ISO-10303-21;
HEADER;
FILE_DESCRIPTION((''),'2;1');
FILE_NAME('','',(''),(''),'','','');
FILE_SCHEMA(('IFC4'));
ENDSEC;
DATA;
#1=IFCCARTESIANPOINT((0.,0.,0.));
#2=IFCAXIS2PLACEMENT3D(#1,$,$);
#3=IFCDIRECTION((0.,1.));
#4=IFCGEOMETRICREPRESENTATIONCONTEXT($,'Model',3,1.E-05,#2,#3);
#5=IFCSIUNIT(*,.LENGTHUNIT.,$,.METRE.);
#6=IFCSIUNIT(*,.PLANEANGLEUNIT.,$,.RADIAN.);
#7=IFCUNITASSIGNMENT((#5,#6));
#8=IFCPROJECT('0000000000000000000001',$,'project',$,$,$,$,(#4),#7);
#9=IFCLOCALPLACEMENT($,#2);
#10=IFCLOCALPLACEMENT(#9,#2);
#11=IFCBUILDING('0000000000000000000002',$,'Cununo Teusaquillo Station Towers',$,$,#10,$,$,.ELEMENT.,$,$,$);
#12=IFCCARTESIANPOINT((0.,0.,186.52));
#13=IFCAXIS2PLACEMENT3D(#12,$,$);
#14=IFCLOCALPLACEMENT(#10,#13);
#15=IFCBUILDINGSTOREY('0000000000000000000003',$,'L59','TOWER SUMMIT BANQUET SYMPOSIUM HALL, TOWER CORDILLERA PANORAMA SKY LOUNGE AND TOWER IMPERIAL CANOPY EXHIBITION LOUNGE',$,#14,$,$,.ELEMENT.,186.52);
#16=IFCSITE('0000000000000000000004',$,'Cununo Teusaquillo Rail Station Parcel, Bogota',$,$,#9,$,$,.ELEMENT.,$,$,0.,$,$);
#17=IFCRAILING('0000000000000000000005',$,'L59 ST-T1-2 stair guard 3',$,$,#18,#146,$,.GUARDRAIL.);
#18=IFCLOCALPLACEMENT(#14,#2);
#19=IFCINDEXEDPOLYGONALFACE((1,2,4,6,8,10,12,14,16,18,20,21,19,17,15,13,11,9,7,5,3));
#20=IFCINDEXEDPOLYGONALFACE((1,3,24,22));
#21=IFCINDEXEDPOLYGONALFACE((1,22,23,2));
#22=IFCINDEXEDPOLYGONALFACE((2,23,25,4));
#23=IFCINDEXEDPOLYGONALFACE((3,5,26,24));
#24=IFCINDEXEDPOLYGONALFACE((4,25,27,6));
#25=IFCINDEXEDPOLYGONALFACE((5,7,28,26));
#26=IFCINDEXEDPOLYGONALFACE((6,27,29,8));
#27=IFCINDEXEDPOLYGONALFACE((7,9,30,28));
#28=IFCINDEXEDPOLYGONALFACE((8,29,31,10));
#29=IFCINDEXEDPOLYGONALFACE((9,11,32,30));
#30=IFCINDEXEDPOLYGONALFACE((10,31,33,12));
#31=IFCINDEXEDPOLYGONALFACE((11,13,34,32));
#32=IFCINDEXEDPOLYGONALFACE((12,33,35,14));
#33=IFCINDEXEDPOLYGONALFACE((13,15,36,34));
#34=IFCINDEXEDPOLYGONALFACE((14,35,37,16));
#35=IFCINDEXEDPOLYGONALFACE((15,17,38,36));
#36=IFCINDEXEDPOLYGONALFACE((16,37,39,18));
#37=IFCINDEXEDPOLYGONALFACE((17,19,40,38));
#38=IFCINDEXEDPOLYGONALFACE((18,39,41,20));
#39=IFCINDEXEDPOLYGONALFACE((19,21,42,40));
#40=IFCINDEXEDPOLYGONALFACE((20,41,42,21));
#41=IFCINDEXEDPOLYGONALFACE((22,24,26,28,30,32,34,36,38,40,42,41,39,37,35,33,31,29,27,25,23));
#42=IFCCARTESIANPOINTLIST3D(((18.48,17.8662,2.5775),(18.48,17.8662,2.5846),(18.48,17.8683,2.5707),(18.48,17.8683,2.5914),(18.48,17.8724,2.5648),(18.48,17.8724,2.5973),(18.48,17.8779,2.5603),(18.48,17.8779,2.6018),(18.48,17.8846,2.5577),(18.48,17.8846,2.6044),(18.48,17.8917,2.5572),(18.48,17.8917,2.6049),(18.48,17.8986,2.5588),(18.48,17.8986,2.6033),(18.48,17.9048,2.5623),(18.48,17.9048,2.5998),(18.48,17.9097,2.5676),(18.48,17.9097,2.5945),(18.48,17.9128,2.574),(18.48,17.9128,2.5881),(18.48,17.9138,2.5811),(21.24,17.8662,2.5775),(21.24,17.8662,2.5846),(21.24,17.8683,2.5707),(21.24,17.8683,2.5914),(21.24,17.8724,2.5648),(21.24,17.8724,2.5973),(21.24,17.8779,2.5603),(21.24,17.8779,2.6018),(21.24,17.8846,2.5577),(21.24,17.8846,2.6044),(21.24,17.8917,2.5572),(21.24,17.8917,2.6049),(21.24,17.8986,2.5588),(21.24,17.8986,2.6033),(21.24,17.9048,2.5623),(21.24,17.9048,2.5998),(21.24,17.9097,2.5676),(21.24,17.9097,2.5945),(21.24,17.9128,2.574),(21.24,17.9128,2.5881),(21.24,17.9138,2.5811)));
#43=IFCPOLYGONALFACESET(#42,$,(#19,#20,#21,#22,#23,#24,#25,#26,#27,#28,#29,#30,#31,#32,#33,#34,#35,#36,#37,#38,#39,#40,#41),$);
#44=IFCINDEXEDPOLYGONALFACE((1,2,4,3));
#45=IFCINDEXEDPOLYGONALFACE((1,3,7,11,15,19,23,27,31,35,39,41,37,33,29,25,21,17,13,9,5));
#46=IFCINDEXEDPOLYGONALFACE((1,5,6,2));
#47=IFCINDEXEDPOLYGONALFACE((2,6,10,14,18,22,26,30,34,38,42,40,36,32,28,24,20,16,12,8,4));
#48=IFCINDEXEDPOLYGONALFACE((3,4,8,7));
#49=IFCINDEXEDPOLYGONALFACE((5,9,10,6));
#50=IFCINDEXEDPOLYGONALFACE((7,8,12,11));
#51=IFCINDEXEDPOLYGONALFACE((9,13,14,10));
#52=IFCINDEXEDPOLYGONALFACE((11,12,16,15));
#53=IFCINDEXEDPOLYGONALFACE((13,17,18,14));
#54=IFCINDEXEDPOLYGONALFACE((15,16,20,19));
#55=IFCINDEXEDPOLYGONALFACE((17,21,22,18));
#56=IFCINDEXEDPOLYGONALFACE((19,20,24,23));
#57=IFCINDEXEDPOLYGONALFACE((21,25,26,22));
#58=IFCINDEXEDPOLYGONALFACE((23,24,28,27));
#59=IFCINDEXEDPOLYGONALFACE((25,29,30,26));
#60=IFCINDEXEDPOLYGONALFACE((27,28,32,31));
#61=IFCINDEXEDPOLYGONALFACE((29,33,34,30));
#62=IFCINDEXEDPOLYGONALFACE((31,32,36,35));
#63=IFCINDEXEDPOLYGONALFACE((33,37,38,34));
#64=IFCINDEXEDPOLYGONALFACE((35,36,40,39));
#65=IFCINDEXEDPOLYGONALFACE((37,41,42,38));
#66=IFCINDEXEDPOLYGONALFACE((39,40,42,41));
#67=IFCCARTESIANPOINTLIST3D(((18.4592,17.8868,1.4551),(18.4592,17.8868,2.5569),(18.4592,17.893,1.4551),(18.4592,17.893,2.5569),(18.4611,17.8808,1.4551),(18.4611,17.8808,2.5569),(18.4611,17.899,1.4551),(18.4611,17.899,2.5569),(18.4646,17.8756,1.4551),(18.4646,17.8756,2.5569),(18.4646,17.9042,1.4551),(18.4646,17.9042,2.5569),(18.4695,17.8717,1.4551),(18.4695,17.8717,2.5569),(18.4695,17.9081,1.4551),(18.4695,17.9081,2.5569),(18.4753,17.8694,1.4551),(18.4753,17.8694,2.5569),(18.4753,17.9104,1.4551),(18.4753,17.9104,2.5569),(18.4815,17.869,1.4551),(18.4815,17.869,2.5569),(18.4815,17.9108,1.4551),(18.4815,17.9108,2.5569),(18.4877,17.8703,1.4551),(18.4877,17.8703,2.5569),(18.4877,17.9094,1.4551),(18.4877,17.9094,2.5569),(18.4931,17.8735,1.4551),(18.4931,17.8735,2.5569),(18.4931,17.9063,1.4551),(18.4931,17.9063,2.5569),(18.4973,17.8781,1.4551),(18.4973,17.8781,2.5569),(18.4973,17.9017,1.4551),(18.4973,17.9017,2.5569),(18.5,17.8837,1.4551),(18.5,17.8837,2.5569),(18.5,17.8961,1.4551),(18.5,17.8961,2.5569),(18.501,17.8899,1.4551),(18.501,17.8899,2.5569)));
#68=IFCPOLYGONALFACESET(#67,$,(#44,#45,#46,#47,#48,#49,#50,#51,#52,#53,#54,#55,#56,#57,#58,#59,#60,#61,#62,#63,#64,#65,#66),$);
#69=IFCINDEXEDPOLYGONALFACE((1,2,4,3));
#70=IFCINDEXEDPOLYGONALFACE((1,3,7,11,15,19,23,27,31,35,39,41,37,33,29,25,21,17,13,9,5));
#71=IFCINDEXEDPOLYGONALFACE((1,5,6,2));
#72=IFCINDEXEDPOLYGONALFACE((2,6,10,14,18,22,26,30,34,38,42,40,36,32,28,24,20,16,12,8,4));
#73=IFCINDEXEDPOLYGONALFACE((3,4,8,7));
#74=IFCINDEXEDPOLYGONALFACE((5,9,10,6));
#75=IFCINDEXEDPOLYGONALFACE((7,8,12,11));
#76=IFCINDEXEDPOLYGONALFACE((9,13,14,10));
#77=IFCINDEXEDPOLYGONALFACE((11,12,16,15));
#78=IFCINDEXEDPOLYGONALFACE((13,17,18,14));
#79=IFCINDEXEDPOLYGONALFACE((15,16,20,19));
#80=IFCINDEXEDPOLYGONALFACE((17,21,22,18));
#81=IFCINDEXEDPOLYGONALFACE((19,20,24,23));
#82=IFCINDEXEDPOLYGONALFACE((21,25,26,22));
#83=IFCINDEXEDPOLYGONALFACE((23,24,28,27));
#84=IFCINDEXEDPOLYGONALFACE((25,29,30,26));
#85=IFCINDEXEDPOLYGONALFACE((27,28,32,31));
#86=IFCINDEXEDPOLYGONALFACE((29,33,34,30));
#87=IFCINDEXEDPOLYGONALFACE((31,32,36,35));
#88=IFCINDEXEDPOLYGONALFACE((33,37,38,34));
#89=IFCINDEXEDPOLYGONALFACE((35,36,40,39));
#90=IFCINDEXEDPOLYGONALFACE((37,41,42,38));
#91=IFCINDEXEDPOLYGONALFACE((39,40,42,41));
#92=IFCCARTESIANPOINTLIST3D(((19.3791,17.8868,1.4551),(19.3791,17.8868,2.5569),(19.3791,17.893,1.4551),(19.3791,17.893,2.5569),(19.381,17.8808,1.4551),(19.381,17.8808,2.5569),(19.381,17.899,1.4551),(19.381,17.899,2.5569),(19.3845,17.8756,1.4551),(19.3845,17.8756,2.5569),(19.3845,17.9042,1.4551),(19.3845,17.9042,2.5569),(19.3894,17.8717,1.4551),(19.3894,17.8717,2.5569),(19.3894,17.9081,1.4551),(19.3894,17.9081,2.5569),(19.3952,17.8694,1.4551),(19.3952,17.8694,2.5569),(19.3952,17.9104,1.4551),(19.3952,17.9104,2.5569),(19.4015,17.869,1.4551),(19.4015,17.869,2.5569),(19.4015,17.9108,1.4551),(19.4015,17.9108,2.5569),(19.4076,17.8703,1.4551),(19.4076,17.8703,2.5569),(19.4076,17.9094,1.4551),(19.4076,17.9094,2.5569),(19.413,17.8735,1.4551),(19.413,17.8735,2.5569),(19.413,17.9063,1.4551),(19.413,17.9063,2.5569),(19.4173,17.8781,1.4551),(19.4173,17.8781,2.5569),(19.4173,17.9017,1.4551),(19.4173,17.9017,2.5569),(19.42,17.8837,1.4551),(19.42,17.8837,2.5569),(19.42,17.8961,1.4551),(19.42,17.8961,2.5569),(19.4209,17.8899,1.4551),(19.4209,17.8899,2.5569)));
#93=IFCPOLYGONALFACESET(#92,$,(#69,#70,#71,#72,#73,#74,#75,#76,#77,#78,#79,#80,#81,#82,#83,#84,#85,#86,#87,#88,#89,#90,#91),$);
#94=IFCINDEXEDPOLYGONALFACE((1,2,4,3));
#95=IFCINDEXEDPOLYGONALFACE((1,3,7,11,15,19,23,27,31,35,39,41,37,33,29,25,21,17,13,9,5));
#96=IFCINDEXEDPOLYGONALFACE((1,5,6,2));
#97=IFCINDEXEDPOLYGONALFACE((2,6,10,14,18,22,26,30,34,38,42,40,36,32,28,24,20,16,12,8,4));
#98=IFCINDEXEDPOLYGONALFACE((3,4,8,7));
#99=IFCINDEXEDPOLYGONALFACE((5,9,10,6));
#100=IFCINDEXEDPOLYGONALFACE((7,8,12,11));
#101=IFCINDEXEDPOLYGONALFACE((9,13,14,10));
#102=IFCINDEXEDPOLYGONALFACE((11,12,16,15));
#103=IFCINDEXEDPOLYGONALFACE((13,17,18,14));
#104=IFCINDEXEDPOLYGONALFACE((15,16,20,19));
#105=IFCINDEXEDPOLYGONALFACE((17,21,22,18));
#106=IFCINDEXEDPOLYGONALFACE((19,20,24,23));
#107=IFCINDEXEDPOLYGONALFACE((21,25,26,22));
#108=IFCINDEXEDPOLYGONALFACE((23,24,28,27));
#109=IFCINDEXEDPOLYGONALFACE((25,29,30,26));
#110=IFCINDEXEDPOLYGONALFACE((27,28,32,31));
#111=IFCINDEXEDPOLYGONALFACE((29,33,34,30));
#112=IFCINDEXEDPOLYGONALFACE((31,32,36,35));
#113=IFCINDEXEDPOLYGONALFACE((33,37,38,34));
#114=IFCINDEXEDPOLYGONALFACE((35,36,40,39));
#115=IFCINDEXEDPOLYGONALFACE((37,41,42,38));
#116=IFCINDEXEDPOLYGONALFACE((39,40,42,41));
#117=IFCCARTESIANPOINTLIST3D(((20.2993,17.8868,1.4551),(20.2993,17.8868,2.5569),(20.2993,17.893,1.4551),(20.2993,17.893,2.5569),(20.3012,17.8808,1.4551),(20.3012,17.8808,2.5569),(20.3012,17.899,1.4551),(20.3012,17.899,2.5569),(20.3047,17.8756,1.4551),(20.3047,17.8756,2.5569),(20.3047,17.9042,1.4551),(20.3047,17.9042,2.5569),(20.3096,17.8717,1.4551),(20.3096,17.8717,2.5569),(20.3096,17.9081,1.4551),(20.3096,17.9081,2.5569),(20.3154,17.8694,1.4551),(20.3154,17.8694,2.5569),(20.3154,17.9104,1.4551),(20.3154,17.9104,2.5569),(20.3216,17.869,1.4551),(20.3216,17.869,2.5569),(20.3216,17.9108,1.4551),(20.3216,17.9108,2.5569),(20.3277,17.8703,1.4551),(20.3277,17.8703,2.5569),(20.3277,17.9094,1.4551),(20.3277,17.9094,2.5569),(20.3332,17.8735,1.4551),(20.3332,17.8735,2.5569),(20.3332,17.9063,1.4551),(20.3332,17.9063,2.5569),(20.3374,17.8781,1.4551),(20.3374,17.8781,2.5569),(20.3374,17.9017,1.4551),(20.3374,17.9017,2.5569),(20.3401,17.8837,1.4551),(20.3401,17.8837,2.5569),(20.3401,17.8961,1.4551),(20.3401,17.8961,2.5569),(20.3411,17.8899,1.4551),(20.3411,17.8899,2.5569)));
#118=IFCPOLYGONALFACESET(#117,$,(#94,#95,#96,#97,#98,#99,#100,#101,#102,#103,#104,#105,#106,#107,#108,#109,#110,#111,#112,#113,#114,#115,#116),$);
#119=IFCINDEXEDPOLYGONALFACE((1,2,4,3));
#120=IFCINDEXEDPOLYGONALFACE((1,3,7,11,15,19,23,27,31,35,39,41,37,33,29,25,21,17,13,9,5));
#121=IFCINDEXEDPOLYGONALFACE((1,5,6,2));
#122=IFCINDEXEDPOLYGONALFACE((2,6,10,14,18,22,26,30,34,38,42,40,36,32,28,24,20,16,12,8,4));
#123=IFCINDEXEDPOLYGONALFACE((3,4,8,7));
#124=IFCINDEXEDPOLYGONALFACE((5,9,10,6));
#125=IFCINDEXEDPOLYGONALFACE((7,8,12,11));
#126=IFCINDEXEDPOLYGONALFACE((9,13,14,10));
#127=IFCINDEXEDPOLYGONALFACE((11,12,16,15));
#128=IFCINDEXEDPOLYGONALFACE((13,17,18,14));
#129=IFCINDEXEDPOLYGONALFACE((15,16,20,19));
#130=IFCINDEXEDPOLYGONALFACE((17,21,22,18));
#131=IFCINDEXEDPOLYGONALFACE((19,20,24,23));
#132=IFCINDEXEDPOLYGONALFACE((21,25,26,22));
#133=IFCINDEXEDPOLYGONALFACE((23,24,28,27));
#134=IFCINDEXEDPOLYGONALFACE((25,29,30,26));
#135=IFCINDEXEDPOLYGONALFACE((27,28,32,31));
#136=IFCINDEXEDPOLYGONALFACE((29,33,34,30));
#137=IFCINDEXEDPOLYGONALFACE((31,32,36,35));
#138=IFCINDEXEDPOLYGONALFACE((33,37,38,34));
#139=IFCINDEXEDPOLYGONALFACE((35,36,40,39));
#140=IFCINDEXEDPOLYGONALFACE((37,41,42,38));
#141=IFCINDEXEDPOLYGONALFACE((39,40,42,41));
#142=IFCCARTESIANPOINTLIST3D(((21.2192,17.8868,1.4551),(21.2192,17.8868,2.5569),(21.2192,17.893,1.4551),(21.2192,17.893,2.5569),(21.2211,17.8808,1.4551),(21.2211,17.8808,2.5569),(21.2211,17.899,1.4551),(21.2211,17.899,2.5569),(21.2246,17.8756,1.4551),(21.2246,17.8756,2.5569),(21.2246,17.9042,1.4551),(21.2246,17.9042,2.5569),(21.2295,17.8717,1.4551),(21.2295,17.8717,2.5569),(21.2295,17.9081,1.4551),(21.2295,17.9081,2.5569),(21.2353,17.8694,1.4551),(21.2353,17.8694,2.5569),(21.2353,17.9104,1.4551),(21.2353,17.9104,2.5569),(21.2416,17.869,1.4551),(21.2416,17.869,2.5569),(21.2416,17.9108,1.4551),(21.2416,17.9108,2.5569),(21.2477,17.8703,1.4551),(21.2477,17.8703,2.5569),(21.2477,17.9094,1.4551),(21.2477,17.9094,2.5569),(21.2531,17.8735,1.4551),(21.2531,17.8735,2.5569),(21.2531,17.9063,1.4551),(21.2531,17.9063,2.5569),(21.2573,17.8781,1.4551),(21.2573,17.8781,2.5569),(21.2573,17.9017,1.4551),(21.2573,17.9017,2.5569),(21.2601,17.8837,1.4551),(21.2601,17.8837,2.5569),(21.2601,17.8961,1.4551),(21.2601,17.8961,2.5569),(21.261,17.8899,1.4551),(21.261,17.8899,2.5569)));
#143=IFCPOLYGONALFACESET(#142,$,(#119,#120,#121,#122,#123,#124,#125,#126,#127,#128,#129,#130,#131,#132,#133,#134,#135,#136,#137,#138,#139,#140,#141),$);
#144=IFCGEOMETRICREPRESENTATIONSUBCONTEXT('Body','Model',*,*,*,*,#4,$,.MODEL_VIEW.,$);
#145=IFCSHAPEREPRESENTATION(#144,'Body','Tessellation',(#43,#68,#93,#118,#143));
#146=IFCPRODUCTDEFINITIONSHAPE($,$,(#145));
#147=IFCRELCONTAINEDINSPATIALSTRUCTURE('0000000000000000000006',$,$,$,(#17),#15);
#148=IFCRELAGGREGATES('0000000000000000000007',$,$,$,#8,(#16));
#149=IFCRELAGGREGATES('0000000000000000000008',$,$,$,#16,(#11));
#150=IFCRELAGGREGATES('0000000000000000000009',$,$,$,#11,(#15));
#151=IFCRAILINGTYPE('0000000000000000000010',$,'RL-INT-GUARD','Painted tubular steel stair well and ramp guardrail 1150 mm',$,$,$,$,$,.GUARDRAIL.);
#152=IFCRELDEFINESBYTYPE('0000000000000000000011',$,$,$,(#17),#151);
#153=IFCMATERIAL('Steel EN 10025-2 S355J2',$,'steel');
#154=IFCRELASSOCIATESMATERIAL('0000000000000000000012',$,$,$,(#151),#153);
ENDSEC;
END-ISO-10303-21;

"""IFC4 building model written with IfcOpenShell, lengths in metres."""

from ifc_helpers import new_model, si_unit, direction, frame, origin, origin_2d, place, context, subcontext, project, spatial, circle, extrude, material, type_object, element, save


model = new_model("IFC4")

# Units and contexts
model_context = context("Model", 3, precision=1e-05, world=origin(), true_north=direction((0.0, 1.0)))
body_context = subcontext(model_context, "Body", "Model", "MODEL_VIEW")
ifc_project = project(units=[si_unit("LENGTHUNIT", "METRE"), si_unit("PLANEANGLEUNIT", "RADIAN")], contexts=[model_context])

# Site, building, storey
site_placement = place(None, origin())
site = spatial("IfcSite", under=ifc_project, at=site_placement, Name="Cununo Teusaquillo Rail Station Parcel, Bogota", CompositionType="ELEMENT", RefElevation=0.0)
building_placement = place(site_placement, origin())
building = spatial("IfcBuilding", under=site, at=building_placement, Name="Cununo Teusaquillo Station Towers", CompositionType="ELEMENT")
storey_placement = place(building_placement, frame((0.0, 0.0, 186.52)))
storey = spatial("IfcBuildingStorey", under=building, at=storey_placement, Name="L59", Description="TOWER SUMMIT BANQUET SYMPOSIUM HALL, TOWER CORDILLERA PANORAMA SKY LOUNGE AND TOWER IMPERIAL CANOPY EXHIBITION LOUNGE", CompositionType="ELEMENT", Elevation=186.52)

# Railing
ifc_material_1 = material(Name="Steel EN 10025-2 S355J2", Category="steel")
railing_type_1 = type_object("IfcRailingType", Name="RL-INT-GUARD", Description="Painted tubular steel stair well and ramp guardrail 1150 mm", PredefinedType="GUARDRAIL", material=ifc_material_1)
railing_1_placement = place(storey_placement, frame((18.48, 17.8899, 1.4551)))
element("IfcRailing", 1, at=railing_1_placement, inside=storey, type_object=railing_type_1, Name="L59 ST-T1-2 stair guard 3", PredefinedType="GUARDRAIL", context=body_context, shape_type="SweptSolid", body=[
    extrude(circle(Radius=0.0239, at=origin_2d()), frame((0.0, 0.0, 1.126), z_axis=(1.0, 0.0, 0.0), x_axis=(0.0, 1.0, 0.0)), (0.0, 0.0, 1.0), 2.76),
    extrude(circle(Radius=0.021, at=origin_2d()), origin(), (0.0, 0.0, 1.0), 1.1018),
    extrude(circle(Radius=0.021, at=origin_2d()), frame((0.9199, 0.0, 0.0)), (0.0, 0.0, 1.0), 1.1018),
    extrude(circle(Radius=0.021, at=origin_2d()), frame((1.8401, 0.0, 0.0)), (0.0, 0.0, 1.0), 1.1018),
    extrude(circle(Radius=0.021, at=origin_2d()), frame((2.76, 0.0, 0.0)), (0.0, 0.0, 1.0), 1.1018),
])

save(model, "model.ifc")
